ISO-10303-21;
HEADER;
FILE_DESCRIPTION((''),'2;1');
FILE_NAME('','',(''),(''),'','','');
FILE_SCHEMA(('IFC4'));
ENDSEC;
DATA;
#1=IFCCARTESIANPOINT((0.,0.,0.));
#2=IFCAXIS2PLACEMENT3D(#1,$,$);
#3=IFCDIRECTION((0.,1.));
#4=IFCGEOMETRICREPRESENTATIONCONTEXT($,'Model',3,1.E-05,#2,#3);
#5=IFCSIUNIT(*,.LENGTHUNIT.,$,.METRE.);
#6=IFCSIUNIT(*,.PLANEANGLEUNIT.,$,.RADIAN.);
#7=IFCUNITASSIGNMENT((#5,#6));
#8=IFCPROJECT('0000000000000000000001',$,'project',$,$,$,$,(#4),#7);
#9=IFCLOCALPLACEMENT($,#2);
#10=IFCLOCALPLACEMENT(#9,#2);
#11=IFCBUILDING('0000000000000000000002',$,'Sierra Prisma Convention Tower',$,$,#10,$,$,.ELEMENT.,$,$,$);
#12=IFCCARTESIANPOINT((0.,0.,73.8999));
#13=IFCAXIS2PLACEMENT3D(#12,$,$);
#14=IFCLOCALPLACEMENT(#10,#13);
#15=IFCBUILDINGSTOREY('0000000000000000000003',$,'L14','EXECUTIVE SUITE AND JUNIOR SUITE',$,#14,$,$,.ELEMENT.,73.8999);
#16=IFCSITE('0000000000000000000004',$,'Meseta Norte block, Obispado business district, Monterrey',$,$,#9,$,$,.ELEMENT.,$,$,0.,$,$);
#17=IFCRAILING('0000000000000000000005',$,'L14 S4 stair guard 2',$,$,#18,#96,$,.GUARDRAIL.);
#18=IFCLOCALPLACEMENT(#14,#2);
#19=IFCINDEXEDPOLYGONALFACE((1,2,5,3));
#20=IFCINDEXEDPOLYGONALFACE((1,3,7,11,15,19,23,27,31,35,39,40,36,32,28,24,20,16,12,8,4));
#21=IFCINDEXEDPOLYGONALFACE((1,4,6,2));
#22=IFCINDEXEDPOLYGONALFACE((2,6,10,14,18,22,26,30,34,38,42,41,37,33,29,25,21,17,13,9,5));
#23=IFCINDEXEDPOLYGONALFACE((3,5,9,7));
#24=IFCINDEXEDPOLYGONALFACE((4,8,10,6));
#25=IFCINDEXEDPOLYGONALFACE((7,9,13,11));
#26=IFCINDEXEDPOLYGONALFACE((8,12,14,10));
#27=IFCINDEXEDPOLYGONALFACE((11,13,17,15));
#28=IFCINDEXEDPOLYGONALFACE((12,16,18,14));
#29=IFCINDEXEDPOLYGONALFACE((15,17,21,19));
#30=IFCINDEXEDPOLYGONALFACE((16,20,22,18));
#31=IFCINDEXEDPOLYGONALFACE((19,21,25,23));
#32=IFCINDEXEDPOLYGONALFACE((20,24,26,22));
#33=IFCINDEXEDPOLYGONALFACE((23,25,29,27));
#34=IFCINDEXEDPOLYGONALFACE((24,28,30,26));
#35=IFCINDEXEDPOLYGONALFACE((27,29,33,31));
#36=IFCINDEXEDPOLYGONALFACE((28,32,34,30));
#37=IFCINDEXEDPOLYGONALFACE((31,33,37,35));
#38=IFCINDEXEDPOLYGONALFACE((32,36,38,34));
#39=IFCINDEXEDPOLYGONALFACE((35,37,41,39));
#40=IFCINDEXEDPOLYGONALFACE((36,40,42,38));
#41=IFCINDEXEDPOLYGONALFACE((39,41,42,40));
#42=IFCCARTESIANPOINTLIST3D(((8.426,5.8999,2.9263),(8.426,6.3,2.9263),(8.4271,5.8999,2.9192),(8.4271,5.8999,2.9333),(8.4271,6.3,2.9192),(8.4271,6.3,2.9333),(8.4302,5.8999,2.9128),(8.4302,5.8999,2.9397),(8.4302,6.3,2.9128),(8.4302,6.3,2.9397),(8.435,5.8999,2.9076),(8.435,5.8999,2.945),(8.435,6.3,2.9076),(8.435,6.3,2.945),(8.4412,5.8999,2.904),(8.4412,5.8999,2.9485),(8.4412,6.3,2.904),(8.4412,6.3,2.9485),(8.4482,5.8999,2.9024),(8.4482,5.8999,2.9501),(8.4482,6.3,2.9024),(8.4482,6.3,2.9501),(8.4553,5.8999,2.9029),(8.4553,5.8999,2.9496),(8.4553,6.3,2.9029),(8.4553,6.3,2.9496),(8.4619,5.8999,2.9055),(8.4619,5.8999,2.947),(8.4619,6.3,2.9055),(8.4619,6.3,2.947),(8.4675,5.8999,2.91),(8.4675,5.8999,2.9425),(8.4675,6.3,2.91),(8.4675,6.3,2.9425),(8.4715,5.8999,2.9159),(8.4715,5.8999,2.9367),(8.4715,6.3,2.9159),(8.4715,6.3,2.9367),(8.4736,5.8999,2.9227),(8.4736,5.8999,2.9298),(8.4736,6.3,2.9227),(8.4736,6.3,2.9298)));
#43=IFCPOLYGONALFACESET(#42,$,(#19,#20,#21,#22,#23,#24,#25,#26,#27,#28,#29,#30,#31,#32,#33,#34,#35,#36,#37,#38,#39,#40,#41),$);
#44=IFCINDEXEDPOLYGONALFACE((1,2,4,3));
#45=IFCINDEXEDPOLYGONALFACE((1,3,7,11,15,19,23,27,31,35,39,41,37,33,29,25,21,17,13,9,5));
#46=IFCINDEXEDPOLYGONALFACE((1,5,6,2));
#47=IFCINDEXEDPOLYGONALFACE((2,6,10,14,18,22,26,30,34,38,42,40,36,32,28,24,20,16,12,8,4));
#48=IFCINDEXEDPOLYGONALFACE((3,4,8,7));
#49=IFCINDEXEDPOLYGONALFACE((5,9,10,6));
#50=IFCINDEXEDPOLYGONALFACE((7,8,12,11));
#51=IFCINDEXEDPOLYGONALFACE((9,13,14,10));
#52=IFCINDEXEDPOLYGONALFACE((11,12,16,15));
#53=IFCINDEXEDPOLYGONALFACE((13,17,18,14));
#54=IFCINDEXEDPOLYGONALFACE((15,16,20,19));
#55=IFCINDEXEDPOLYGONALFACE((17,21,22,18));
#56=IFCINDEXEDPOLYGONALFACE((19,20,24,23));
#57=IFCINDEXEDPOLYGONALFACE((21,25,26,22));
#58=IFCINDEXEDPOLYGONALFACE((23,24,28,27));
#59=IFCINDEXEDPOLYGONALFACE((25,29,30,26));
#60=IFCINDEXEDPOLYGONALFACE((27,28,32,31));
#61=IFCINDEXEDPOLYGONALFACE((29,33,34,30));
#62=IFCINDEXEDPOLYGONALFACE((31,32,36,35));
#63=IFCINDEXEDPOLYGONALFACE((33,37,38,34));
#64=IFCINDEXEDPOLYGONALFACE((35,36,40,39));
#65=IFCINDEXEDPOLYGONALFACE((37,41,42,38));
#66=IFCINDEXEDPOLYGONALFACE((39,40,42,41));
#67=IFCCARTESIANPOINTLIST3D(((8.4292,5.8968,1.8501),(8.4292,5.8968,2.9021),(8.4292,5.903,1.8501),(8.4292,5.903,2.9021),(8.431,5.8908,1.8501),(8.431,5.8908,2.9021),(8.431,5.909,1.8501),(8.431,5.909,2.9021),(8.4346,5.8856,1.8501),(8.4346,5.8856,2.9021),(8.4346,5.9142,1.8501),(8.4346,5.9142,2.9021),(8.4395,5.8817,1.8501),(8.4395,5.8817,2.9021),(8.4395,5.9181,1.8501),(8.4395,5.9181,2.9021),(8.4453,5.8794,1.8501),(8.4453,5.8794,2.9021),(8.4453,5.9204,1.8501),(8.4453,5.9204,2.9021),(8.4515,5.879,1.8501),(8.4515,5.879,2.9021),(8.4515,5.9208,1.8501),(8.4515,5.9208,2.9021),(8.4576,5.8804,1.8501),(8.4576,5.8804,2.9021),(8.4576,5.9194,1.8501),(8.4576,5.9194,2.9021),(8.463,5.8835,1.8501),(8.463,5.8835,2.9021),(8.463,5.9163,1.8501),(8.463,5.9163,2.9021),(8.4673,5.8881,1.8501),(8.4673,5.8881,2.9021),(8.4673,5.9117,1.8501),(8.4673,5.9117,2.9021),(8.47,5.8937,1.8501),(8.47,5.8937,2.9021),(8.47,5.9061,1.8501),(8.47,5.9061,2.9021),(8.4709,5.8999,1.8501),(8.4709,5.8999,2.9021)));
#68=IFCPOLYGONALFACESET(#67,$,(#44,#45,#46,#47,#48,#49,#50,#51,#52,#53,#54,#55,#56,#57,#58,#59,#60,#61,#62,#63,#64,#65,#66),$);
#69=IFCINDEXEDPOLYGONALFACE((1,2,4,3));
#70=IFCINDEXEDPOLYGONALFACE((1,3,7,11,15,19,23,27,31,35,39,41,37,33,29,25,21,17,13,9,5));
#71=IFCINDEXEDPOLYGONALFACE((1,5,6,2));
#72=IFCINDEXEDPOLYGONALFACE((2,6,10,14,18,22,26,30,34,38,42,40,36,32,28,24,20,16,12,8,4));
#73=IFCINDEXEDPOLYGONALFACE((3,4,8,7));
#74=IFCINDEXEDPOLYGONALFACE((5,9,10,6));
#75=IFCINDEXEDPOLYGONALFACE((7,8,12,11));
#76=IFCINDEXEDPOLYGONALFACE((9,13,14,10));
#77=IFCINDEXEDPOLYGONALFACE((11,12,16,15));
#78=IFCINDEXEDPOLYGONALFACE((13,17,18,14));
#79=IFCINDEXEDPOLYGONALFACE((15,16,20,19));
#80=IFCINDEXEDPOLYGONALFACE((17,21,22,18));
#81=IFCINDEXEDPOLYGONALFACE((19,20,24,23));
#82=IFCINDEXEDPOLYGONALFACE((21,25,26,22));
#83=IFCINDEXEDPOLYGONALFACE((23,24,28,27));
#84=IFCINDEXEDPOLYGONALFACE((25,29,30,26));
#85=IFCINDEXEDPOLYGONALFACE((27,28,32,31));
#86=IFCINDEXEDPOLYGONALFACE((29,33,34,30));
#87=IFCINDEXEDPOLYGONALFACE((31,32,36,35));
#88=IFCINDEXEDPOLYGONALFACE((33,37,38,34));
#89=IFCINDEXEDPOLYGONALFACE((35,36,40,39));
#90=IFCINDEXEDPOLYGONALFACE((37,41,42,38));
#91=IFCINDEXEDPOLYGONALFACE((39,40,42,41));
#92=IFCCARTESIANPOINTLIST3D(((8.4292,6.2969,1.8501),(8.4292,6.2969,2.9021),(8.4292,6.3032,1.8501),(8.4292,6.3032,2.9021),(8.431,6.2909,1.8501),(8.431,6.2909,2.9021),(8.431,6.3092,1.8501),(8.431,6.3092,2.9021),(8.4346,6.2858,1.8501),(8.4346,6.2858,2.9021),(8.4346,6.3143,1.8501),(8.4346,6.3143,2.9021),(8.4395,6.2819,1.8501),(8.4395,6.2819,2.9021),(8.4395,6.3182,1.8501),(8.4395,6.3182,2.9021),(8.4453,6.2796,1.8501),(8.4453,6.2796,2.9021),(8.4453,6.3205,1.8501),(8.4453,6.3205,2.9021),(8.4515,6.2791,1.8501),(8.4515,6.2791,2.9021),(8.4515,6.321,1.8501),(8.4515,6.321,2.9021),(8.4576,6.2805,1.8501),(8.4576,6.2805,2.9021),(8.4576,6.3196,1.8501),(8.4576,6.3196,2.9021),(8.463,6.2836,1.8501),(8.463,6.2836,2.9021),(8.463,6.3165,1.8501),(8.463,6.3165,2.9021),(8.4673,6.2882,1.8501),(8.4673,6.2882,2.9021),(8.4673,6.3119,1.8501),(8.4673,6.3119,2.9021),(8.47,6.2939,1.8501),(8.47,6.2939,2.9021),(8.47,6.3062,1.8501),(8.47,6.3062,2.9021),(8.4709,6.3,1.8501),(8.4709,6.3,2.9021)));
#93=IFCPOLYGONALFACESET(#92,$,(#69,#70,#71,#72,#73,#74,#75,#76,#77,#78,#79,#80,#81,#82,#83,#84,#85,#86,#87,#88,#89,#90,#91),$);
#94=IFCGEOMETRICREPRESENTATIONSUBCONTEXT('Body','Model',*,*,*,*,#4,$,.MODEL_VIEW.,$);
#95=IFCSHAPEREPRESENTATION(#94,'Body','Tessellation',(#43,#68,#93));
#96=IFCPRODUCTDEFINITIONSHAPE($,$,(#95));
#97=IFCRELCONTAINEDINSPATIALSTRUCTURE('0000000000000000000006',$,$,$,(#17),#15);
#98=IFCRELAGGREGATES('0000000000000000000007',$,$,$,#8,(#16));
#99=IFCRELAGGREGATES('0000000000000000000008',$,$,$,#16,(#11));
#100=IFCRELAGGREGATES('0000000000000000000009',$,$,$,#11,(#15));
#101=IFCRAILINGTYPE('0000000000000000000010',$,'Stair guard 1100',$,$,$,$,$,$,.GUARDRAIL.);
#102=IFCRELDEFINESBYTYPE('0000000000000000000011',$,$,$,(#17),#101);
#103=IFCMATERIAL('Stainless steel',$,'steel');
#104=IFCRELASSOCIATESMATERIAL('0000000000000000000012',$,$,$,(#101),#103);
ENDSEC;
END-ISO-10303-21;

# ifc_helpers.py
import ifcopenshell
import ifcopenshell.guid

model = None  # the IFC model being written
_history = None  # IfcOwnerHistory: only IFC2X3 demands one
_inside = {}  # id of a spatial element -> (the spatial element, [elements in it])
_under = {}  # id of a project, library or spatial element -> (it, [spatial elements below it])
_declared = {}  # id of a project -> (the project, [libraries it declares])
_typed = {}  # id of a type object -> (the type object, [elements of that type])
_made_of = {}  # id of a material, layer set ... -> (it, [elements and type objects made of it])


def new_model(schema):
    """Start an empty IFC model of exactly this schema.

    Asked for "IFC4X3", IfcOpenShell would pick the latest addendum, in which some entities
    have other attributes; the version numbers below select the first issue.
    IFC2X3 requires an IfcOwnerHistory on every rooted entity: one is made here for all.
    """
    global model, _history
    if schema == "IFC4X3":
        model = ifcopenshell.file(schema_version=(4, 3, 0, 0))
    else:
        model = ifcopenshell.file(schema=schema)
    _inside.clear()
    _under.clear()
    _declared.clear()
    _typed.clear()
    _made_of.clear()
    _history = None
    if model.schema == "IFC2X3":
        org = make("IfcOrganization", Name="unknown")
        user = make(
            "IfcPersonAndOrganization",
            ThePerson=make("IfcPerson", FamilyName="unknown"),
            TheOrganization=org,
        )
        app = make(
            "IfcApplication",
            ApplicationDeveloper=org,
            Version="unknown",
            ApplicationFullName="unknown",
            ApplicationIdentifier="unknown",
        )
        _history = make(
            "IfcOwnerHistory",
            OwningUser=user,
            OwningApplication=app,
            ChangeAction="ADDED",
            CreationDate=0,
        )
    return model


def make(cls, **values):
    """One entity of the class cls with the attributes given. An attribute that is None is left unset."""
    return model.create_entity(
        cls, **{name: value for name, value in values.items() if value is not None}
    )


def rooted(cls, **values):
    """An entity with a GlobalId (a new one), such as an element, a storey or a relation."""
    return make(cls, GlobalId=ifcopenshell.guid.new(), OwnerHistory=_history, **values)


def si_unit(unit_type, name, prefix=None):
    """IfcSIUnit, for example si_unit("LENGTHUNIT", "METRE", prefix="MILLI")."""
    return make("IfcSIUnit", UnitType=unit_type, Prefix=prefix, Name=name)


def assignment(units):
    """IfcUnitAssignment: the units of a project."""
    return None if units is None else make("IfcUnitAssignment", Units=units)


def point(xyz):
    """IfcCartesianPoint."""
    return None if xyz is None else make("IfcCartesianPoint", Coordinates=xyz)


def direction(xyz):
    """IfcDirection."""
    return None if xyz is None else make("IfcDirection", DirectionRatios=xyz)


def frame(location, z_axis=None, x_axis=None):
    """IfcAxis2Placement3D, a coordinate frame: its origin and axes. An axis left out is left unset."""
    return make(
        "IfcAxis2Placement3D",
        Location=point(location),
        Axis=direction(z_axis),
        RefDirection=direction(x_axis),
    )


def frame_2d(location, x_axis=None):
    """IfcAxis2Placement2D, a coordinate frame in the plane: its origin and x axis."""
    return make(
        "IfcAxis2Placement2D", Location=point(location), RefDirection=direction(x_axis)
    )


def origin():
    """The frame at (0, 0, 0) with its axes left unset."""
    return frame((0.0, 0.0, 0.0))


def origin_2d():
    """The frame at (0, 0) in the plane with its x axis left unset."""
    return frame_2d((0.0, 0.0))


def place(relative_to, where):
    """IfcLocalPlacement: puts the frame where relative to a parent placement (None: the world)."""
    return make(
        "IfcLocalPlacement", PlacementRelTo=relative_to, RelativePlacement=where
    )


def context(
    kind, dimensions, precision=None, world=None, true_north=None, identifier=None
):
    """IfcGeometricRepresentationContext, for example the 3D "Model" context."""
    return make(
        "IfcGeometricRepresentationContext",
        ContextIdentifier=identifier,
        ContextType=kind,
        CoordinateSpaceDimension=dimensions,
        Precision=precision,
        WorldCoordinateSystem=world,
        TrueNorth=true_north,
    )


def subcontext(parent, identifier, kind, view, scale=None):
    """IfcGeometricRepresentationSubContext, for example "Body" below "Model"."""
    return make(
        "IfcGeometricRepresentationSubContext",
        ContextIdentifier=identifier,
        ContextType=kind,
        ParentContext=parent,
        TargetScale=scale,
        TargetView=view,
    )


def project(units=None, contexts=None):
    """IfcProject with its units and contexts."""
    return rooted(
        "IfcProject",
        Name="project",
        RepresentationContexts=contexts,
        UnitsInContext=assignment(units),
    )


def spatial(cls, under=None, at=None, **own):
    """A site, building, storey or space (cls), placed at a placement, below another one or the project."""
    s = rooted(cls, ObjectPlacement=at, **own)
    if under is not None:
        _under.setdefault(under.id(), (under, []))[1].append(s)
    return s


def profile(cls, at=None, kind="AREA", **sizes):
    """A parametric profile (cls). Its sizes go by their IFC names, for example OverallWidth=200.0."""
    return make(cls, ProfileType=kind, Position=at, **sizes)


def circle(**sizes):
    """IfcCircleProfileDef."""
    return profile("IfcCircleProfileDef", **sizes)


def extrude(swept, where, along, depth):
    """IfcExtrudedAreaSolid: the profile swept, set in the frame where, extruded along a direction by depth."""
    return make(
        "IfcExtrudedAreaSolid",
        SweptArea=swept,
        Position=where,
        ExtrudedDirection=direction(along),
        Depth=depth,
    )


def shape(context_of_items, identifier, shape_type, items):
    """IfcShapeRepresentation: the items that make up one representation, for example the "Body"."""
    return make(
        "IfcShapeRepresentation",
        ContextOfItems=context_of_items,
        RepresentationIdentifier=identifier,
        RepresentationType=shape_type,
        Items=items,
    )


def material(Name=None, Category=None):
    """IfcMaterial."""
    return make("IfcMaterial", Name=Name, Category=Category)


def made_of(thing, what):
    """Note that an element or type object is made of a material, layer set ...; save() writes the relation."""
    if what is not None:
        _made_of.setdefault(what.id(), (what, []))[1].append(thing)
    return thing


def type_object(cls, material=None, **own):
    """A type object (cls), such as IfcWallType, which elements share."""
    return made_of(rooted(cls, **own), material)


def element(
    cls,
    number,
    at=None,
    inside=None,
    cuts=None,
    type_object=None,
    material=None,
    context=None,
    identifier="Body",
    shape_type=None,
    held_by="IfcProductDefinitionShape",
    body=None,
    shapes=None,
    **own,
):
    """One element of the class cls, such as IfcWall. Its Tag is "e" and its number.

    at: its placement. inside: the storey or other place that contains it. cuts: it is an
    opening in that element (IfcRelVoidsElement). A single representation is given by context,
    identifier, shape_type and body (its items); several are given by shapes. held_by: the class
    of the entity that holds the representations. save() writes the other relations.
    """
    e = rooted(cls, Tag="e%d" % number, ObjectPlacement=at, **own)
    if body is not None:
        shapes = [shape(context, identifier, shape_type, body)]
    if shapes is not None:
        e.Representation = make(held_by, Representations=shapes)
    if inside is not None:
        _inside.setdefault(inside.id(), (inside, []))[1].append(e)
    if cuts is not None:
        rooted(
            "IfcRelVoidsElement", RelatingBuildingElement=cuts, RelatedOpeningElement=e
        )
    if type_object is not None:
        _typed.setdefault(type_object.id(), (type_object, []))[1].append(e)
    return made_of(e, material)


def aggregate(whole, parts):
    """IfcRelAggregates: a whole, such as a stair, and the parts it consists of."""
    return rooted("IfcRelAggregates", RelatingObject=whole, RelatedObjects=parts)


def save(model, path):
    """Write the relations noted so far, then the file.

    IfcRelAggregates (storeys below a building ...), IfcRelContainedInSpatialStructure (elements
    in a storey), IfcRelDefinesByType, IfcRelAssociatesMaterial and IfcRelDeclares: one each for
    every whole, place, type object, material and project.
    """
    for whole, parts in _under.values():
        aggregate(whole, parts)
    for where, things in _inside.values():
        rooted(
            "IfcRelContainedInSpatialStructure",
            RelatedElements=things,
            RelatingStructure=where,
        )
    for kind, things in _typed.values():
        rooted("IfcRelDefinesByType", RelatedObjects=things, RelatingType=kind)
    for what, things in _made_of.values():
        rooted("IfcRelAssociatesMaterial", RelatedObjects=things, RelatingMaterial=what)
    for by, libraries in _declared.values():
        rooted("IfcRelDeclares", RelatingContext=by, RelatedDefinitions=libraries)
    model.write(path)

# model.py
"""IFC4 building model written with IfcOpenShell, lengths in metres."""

from ifc_helpers import new_model, si_unit, direction, frame, origin, origin_2d, place, context, subcontext, project, spatial, circle, extrude, material, type_object, element, save


model = new_model("IFC4")

# Units and contexts
model_context = context("Model", 3, precision=1e-05, world=origin(), true_north=direction((0.0, 1.0)))
body_context = subcontext(model_context, "Body", "Model", "MODEL_VIEW")
ifc_project = project(units=[si_unit("LENGTHUNIT", "METRE"), si_unit("PLANEANGLEUNIT", "RADIAN")], contexts=[model_context])

# Site, building, storey
site_placement = place(None, origin())
site = spatial("IfcSite", under=ifc_project, at=site_placement, Name="Meseta Norte block, Obispado business district, Monterrey", CompositionType="ELEMENT", RefElevation=0.0)
building_placement = place(site_placement, origin())
building = spatial("IfcBuilding", under=site, at=building_placement, Name="Sierra Prisma Convention Tower", CompositionType="ELEMENT")
storey_placement = place(building_placement, frame((0.0, 0.0, 73.8999)))
storey = spatial("IfcBuildingStorey", under=building, at=storey_placement, Name="L14", Description="EXECUTIVE SUITE AND JUNIOR SUITE", CompositionType="ELEMENT", Elevation=73.8999)

# Railing
ifc_material_1 = material(Name="Stainless steel", Category="steel")
railing_type_1 = type_object("IfcRailingType", Name="Stair guard 1100", PredefinedType="GUARDRAIL", material=ifc_material_1)
railing_1_placement = place(storey_placement, frame((8.45, 5.8999, 1.8501)))
element("IfcRailing", 1, at=railing_1_placement, inside=storey, type_object=railing_type_1, Name="L14 S4 stair guard 2", PredefinedType="GUARDRAIL", context=body_context, shape_type="SweptSolid", body=[
    extrude(circle(Radius=0.0239, at=origin_2d()), frame((0.0, 0.0, 1.0762), z_axis=(0.0, 1.0, 0.0), x_axis=(-1.0, 0.0, 0.0)), (0.0, 0.0, 1.0), 0.4001),
    extrude(circle(Radius=0.021, at=origin_2d()), origin(), (0.0, 0.0, 1.0), 1.052),
    extrude(circle(Radius=0.021, at=origin_2d()), frame((0.0, 0.4001, 0.0)), (0.0, 0.0, 1.0), 1.052),
])

save(model, "model.ifc")
